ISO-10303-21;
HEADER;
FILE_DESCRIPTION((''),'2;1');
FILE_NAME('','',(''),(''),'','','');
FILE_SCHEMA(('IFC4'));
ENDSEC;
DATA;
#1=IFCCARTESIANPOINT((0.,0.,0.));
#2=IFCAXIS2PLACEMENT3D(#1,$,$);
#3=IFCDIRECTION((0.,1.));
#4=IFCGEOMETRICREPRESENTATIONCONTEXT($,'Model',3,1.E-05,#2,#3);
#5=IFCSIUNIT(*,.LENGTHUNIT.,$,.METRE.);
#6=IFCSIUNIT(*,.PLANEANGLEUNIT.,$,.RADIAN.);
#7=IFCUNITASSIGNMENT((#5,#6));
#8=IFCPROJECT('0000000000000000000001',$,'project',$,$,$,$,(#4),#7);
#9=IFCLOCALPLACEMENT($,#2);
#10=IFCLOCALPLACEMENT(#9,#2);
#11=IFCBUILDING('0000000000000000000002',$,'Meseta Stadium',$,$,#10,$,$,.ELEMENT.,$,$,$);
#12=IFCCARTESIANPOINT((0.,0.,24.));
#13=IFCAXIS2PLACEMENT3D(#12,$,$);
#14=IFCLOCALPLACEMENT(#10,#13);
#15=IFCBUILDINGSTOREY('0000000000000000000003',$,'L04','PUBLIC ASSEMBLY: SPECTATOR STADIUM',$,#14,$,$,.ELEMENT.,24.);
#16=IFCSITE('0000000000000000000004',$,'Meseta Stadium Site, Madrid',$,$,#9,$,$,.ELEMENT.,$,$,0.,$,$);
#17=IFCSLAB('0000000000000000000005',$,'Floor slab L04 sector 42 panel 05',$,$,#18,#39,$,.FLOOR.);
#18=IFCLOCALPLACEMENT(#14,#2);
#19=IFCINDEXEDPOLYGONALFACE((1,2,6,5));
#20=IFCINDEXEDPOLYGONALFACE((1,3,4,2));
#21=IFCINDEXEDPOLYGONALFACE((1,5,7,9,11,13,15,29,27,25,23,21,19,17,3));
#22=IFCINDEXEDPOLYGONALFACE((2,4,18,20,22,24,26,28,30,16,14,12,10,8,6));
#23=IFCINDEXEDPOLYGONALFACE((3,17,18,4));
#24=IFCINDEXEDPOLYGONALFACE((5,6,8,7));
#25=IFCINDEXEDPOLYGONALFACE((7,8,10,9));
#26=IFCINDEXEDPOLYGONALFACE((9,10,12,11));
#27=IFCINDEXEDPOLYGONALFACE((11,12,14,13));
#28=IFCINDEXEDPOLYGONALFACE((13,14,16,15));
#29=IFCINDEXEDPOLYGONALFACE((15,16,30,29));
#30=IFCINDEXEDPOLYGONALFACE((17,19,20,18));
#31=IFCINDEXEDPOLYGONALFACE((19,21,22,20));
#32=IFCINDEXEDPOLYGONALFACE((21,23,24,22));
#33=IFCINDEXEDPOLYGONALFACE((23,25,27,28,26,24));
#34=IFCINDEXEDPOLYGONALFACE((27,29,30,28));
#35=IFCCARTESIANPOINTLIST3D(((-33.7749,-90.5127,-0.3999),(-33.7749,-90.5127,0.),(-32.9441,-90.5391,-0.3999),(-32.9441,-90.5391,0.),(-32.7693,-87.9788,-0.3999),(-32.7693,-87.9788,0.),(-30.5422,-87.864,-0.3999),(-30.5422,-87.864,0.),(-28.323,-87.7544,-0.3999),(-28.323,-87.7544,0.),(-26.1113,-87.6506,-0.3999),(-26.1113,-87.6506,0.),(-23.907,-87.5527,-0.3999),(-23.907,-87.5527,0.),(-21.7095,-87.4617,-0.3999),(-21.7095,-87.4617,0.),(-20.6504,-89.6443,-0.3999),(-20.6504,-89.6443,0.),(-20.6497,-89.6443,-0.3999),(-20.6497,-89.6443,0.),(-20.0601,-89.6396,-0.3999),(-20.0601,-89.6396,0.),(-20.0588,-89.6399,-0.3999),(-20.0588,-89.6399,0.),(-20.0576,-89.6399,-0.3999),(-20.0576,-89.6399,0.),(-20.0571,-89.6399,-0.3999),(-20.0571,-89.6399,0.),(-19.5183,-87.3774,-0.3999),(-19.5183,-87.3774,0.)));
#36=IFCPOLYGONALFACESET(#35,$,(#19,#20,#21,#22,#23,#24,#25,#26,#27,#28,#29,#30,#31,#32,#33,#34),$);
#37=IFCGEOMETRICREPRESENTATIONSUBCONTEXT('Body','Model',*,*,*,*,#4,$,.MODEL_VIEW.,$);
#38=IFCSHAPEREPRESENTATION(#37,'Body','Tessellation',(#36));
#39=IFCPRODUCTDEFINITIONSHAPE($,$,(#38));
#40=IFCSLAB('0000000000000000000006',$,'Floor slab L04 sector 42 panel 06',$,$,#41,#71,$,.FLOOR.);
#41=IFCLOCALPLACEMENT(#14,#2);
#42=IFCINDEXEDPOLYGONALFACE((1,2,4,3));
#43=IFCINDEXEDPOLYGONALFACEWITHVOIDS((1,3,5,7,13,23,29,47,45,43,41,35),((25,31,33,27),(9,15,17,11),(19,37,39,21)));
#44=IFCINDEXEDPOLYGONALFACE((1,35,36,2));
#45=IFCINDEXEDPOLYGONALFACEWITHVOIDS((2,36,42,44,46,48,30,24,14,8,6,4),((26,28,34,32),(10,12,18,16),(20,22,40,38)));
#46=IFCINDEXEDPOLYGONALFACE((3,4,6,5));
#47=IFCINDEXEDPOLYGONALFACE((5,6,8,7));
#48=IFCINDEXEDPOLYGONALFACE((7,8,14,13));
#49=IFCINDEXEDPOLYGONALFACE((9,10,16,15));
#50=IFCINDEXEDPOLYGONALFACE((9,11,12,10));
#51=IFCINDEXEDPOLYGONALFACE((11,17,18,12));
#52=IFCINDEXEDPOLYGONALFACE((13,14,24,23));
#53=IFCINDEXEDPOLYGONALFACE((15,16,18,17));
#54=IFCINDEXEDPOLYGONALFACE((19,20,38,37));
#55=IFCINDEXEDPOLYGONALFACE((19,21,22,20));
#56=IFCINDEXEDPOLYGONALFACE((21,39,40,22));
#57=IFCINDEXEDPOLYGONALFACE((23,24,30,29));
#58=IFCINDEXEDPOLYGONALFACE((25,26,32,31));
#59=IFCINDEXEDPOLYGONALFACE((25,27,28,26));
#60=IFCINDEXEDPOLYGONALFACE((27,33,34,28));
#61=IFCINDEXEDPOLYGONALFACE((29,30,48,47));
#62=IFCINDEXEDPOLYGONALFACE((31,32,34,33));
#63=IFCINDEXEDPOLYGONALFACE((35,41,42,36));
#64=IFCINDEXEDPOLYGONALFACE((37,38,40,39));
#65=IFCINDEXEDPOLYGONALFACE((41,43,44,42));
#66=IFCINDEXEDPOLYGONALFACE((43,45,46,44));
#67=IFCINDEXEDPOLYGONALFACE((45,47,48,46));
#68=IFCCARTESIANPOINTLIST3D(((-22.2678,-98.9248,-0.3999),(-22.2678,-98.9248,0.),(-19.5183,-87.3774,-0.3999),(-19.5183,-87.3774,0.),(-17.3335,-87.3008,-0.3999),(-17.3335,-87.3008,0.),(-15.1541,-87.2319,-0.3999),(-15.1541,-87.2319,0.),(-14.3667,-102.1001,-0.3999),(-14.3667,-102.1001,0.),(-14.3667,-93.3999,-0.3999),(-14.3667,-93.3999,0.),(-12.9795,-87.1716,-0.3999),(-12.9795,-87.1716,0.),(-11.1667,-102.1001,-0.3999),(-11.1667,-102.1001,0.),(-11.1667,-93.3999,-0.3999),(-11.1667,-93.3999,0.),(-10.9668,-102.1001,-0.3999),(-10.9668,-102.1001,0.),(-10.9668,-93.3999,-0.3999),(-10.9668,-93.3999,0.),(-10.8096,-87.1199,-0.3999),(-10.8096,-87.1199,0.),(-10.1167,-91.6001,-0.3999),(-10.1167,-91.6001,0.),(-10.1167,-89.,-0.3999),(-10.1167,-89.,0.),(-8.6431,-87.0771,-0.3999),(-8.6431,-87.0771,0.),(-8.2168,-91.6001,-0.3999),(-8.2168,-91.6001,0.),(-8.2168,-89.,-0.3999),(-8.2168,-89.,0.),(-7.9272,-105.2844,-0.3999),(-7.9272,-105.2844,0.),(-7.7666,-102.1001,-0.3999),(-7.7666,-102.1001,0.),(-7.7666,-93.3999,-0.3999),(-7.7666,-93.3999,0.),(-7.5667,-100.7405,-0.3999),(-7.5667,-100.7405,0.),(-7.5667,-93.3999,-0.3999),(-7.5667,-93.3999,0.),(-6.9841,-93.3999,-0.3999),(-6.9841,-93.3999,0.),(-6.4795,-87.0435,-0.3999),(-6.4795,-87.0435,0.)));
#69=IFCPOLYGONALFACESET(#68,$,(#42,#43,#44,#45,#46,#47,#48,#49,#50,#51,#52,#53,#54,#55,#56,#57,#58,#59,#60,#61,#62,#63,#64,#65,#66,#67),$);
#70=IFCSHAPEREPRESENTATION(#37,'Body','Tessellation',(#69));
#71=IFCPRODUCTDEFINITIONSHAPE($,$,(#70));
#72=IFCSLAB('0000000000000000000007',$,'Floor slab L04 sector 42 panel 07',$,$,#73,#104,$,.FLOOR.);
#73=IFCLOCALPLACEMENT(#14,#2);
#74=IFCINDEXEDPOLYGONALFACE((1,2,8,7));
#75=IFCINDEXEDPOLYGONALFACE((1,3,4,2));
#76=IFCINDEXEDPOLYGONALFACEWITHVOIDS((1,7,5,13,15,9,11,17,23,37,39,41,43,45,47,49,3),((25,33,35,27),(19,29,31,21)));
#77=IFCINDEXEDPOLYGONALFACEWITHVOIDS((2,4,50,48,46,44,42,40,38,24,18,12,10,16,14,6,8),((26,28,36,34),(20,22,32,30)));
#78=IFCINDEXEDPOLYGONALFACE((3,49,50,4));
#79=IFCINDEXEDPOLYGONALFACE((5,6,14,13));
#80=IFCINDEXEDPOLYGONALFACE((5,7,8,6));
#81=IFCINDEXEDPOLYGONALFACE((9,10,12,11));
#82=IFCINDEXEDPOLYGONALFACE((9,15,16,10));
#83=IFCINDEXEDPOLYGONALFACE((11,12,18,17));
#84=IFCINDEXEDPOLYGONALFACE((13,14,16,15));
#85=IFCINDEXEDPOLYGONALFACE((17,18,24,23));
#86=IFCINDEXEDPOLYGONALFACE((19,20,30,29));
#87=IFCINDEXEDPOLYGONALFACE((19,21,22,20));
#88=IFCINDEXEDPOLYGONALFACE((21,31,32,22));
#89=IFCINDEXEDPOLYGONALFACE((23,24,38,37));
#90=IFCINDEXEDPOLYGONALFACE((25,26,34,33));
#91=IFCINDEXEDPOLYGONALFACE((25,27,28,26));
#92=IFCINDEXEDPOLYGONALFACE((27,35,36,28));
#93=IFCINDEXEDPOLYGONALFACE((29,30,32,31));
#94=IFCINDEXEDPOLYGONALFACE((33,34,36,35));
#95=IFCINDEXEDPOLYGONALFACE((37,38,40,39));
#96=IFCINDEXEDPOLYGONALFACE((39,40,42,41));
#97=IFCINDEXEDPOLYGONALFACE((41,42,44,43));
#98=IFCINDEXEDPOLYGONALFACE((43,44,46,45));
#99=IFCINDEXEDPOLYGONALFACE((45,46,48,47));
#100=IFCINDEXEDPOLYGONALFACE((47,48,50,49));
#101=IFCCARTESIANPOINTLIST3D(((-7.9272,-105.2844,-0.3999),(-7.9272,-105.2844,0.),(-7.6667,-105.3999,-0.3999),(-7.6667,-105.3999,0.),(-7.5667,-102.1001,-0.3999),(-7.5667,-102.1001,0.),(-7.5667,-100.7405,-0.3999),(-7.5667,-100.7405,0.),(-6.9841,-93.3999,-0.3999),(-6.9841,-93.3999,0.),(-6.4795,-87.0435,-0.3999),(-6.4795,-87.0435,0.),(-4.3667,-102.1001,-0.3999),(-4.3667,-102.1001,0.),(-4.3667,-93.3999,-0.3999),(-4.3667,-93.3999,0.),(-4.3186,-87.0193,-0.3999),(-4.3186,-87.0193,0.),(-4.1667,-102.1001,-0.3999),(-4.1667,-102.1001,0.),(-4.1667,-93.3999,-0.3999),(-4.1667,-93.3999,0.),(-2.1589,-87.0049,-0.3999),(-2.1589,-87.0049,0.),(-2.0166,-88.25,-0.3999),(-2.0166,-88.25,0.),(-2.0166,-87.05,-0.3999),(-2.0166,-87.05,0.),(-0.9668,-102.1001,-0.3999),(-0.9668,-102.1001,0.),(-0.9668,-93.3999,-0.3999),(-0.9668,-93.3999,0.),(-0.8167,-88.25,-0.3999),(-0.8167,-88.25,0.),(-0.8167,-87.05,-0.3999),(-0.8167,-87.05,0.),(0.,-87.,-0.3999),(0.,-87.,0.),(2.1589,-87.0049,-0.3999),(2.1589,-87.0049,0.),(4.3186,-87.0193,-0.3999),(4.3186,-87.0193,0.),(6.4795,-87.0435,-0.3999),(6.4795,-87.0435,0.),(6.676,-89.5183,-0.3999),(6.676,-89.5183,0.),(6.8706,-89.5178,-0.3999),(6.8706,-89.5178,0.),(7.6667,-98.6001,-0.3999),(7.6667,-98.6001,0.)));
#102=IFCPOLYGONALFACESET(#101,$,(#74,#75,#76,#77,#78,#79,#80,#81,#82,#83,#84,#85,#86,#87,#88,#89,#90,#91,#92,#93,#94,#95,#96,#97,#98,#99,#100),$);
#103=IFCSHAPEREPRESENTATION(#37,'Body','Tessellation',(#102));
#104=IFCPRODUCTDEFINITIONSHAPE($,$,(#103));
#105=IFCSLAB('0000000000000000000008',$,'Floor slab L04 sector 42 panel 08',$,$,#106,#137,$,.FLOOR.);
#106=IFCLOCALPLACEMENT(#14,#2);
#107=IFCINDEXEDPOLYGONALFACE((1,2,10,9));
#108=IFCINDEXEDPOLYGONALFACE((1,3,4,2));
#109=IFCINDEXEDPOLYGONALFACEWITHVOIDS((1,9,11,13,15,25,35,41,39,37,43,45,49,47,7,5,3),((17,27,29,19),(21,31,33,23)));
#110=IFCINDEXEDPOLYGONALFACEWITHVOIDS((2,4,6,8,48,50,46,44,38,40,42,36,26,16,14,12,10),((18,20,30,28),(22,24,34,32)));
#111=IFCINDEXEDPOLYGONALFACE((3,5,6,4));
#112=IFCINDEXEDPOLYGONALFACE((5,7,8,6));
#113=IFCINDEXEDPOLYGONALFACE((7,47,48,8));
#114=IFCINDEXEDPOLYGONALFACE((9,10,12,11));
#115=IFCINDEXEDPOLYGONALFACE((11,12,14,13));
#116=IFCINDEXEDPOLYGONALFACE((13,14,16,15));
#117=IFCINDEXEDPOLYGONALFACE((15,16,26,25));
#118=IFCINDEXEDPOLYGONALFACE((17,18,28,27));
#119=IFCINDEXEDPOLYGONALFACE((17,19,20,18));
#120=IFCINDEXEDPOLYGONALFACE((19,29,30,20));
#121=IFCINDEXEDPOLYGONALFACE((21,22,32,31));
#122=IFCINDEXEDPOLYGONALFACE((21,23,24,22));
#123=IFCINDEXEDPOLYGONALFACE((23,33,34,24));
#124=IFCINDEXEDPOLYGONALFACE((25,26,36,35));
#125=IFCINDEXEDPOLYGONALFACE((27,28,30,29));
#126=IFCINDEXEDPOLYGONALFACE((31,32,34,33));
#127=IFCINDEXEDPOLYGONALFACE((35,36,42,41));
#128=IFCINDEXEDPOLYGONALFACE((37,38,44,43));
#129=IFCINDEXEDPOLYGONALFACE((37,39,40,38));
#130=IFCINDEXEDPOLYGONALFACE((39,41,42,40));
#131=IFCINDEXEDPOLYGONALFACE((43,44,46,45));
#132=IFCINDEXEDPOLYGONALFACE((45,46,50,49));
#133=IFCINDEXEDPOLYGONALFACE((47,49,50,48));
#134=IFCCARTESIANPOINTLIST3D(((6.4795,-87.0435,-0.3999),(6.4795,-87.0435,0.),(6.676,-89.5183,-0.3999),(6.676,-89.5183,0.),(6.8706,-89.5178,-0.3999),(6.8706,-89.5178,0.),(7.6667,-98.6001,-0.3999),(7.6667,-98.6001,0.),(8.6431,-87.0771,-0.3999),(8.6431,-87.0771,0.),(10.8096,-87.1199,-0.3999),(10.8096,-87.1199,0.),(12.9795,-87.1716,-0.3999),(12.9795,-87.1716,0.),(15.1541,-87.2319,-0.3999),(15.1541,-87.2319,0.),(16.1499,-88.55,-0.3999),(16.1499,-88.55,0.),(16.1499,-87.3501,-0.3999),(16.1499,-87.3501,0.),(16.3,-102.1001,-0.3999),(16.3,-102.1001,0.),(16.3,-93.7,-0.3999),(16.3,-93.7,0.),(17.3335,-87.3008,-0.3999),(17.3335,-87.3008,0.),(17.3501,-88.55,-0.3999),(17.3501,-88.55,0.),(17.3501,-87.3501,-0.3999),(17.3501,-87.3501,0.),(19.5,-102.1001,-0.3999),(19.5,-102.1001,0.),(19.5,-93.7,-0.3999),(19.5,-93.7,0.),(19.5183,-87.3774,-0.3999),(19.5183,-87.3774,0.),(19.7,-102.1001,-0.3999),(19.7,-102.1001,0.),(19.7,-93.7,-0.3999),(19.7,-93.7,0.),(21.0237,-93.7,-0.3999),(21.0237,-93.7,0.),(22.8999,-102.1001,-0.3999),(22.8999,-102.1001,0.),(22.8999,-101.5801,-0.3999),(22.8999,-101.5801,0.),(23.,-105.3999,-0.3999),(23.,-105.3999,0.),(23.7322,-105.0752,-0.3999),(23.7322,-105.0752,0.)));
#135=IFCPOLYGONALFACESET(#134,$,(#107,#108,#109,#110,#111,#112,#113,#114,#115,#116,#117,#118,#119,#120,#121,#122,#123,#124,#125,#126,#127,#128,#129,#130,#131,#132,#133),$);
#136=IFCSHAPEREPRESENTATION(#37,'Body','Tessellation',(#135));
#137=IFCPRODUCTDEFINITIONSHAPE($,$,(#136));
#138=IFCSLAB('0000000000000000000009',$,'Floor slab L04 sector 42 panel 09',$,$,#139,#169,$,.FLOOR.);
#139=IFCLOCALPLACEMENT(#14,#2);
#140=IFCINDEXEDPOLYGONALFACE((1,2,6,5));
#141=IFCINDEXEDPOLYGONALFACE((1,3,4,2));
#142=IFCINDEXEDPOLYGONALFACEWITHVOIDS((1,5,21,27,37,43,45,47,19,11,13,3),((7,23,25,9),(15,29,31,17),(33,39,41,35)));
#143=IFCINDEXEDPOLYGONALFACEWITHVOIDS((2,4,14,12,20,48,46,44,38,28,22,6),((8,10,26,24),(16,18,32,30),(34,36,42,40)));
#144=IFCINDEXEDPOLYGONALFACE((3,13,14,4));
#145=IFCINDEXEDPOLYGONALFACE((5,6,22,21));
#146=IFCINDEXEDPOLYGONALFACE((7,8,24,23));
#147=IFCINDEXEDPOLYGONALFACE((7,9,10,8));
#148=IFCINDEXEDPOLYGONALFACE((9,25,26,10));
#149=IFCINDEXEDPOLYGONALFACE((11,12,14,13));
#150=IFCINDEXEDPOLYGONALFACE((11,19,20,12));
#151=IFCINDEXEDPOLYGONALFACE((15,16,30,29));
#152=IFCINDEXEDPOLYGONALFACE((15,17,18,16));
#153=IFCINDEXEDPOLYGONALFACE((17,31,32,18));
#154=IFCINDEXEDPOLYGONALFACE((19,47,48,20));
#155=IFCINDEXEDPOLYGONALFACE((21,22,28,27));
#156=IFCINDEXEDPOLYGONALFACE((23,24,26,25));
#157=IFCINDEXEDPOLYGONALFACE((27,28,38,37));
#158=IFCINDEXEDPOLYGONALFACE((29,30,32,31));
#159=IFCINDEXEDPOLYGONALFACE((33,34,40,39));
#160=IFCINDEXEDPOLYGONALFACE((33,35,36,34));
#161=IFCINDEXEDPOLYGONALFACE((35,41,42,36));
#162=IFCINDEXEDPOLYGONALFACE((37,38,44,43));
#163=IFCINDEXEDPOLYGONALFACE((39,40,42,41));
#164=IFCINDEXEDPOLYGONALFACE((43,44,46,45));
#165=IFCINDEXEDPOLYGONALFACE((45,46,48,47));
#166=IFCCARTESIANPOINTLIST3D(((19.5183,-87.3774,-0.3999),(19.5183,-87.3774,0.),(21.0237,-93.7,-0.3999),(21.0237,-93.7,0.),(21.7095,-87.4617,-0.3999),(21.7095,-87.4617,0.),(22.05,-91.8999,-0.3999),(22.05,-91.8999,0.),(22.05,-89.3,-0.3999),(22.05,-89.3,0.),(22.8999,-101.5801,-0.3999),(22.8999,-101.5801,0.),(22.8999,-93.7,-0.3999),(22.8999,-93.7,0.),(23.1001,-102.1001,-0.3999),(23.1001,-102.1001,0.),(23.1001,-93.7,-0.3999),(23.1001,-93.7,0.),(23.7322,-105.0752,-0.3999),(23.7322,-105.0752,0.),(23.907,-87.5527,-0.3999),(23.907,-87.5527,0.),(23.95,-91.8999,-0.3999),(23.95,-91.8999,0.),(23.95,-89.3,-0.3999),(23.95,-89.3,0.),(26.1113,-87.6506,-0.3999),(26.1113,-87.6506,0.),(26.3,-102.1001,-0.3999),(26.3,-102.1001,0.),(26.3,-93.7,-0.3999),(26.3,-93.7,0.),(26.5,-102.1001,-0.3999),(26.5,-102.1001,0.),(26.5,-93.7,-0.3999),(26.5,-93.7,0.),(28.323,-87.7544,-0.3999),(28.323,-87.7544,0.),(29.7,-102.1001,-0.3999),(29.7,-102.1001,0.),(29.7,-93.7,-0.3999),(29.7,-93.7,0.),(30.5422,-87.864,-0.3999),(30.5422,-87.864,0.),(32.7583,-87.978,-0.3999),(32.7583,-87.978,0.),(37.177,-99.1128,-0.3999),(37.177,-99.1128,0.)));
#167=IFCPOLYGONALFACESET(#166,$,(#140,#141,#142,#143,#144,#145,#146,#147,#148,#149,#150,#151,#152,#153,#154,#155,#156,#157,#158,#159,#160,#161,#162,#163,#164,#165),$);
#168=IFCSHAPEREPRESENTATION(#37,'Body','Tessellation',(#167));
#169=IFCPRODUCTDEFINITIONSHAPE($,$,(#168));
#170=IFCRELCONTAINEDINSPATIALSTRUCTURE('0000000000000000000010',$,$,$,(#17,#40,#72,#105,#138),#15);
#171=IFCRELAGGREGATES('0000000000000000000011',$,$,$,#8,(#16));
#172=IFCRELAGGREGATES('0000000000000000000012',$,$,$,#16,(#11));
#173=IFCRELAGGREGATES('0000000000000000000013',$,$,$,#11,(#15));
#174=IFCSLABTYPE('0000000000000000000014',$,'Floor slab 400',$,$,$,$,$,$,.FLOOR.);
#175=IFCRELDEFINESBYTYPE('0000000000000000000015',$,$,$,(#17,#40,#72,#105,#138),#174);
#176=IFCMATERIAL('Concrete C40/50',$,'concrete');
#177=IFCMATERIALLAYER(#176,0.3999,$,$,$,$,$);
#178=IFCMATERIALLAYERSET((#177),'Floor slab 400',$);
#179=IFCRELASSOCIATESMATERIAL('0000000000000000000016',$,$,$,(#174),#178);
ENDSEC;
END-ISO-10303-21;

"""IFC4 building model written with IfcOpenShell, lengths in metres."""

from ifc_helpers import new_model, si_unit, direction, frame, origin, place, context, subcontext, project, spatial, polyline, outline, extrude, material, layer, layer_set, type_object, element, save


model = new_model("IFC4")

# Units and contexts
model_context = context("Model", 3, precision=1e-05, world=origin(), true_north=direction((0.0, 1.0)))
body_context = subcontext(model_context, "Body", "Model", "MODEL_VIEW")
ifc_project = project(units=[si_unit("LENGTHUNIT", "METRE"), si_unit("PLANEANGLEUNIT", "RADIAN")], contexts=[model_context])

# Site, building, storey
site_placement = place(None, origin())
site = spatial("IfcSite", under=ifc_project, at=site_placement, Name="Meseta Stadium Site, Madrid", CompositionType="ELEMENT", RefElevation=0.0)
building_placement = place(site_placement, origin())
building = spatial("IfcBuilding", under=site, at=building_placement, Name="Meseta Stadium", CompositionType="ELEMENT")
storey_placement = place(building_placement, frame((0.0, 0.0, 24.0)))
storey = spatial("IfcBuildingStorey", under=building, at=storey_placement, Name="L04", Description="PUBLIC ASSEMBLY: SPECTATOR STADIUM", CompositionType="ELEMENT", Elevation=24.0)

# Slabs
ifc_material_1 = material(Name="Concrete C40/50", Category="concrete")
ifc_layer_1 = layer(ifc_material_1, 0.3999)
ifc_layer_set_1 = layer_set([ifc_layer_1], Name="Floor slab 400")
slab_type = type_object("IfcSlabType", Name="Floor slab 400", PredefinedType="FLOOR", material=ifc_layer_set_1)
slab_1_placement = place(storey_placement, frame((0.0, 0.0, -0.3999)))
element("IfcSlab", 1, at=slab_1_placement, inside=storey, type_object=slab_type, Name="Floor slab L04 sector 42 panel 05", PredefinedType="FLOOR", context=body_context, shape_type="SweptSolid", body=[
    extrude(outline(polyline([(-32.7693, -87.9788), (-33.7749, -90.5127), (-32.9441, -90.5391), (-20.6504, -89.6443), (-20.6497, -89.6443), (-20.0601, -89.6396), (-20.0588, -89.6399), (-20.0576, -89.6399), (-20.0571, -89.6399), (-19.5183, -87.3774), (-21.7095, -87.4617), (-23.907, -87.5527), (-26.1113, -87.6506), (-28.323, -87.7544), (-30.5422, -87.864), (-32.7693, -87.9788)])), origin(), (0.0, 0.0, 1.0), 0.3999),
])
slab_2_placement = place(storey_placement, frame((0.0, 0.0, -0.3999)))
element("IfcSlab", 2, at=slab_2_placement, inside=storey, type_object=slab_type, Name="Floor slab L04 sector 42 panel 06", PredefinedType="FLOOR", context=body_context, shape_type="SweptSolid", body=[
    extrude(outline(polyline([(-7.5667, -93.3999), (-6.9841, -93.3999), (-6.4795, -87.0435), (-8.6431, -87.0771), (-10.8096, -87.1199), (-12.9795, -87.1716), (-15.1541, -87.2319), (-17.3335, -87.3008), (-19.5183, -87.3774), (-22.2678, -98.9248), (-7.9272, -105.2844), (-7.5667, -100.7405), (-7.5667, -93.3999)]), holes=[polyline([(-8.2168, -91.6001), (-10.1167, -91.6001), (-10.1167, -89.0), (-8.2168, -89.0), (-8.2168, -91.6001)]), polyline([(-11.1667, -102.1001), (-14.3667, -102.1001), (-14.3667, -93.3999), (-11.1667, -93.3999), (-11.1667, -102.1001)]), polyline([(-7.7666, -102.1001), (-10.9668, -102.1001), (-10.9668, -93.3999), (-7.7666, -93.3999), (-7.7666, -102.1001)])]), origin(), (0.0, 0.0, 1.0), 0.3999),
])
slab_3_placement = place(storey_placement, frame((0.0, 0.0, -0.3999)))
element("IfcSlab", 3, at=slab_3_placement, inside=storey, type_object=slab_type, Name="Floor slab L04 sector 42 panel 07", PredefinedType="FLOOR", context=body_context, shape_type="SweptSolid", body=[
    extrude(outline(polyline([(4.3186, -87.0193), (2.1589, -87.0049), (0.0, -87.0), (-2.1589, -87.0049), (-4.3186, -87.0193), (-6.4795, -87.0435), (-6.9841, -93.3999), (-4.3667, -93.3999), (-4.3667, -102.1001), (-7.5667, -102.1001), (-7.5667, -100.7405), (-7.9272, -105.2844), (-7.6667, -105.3999), (7.6667, -98.6001), (6.8706, -89.5178), (6.676, -89.5183), (6.4795, -87.0435), (4.3186, -87.0193)]), holes=[polyline([(-2.0166, -88.25), (-2.0166, -87.05), (-0.8167, -87.05), (-0.8167, -88.25), (-2.0166, -88.25)]), polyline([(-4.1667, -93.3999), (-0.9668, -93.3999), (-0.9668, -102.1001), (-4.1667, -102.1001), (-4.1667, -93.3999)])]), origin(), (0.0, 0.0, 1.0), 0.3999),
])
slab_4_placement = place(storey_placement, frame((0.0, 0.0, -0.3999)))
element("IfcSlab", 4, at=slab_4_placement, inside=storey, type_object=slab_type, Name="Floor slab L04 sector 42 panel 08", PredefinedType="FLOOR", context=body_context, shape_type="SweptSolid", body=[
    extrude(outline(polyline([(15.1541, -87.2319), (12.9795, -87.1716), (10.8096, -87.1199), (8.6431, -87.0771), (6.4795, -87.0435), (6.676, -89.5183), (6.8706, -89.5178), (7.6667, -98.6001), (23.0, -105.3999), (23.7322, -105.0752), (22.8999, -101.5801), (22.8999, -102.1001), (19.7, -102.1001), (19.7, -93.7), (21.0237, -93.7), (19.5183, -87.3774), (17.3335, -87.3008), (15.1541, -87.2319)]), holes=[polyline([(17.3501, -88.55), (16.1499, -88.55), (16.1499, -87.3501), (17.3501, -87.3501), (17.3501, -88.55)]), polyline([(19.5, -102.1001), (16.3, -102.1001), (16.3, -93.7), (19.5, -93.7), (19.5, -102.1001)])]), origin(), (0.0, 0.0, 1.0), 0.3999),
])
slab_5_placement = place(storey_placement, frame((0.0, 0.0, -0.3999)))
element("IfcSlab", 5, at=slab_5_placement, inside=storey, type_object=slab_type, Name="Floor slab L04 sector 42 panel 09", PredefinedType="FLOOR", context=body_context, shape_type="SweptSolid", body=[
    extrude(outline(polyline([(28.323, -87.7544), (26.1113, -87.6506), (23.907, -87.5527), (21.7095, -87.4617), (19.5183, -87.3774), (21.0237, -93.7), (22.8999, -93.7), (22.8999, -101.5801), (23.7322, -105.0752), (37.177, -99.1128), (32.7583, -87.978), (30.5422, -87.864), (28.323, -87.7544)]), holes=[polyline([(22.05, -89.3), (23.95, -89.3), (23.95, -91.8999), (22.05, -91.8999), (22.05, -89.3)]), polyline([(26.3, -102.1001), (23.1001, -102.1001), (23.1001, -93.7), (26.3, -93.7), (26.3, -102.1001)]), polyline([(29.7, -102.1001), (26.5, -102.1001), (26.5, -93.7), (29.7, -93.7), (29.7, -102.1001)])]), origin(), (0.0, 0.0, 1.0), 0.3999),
])

save(model, "model.ifc")
